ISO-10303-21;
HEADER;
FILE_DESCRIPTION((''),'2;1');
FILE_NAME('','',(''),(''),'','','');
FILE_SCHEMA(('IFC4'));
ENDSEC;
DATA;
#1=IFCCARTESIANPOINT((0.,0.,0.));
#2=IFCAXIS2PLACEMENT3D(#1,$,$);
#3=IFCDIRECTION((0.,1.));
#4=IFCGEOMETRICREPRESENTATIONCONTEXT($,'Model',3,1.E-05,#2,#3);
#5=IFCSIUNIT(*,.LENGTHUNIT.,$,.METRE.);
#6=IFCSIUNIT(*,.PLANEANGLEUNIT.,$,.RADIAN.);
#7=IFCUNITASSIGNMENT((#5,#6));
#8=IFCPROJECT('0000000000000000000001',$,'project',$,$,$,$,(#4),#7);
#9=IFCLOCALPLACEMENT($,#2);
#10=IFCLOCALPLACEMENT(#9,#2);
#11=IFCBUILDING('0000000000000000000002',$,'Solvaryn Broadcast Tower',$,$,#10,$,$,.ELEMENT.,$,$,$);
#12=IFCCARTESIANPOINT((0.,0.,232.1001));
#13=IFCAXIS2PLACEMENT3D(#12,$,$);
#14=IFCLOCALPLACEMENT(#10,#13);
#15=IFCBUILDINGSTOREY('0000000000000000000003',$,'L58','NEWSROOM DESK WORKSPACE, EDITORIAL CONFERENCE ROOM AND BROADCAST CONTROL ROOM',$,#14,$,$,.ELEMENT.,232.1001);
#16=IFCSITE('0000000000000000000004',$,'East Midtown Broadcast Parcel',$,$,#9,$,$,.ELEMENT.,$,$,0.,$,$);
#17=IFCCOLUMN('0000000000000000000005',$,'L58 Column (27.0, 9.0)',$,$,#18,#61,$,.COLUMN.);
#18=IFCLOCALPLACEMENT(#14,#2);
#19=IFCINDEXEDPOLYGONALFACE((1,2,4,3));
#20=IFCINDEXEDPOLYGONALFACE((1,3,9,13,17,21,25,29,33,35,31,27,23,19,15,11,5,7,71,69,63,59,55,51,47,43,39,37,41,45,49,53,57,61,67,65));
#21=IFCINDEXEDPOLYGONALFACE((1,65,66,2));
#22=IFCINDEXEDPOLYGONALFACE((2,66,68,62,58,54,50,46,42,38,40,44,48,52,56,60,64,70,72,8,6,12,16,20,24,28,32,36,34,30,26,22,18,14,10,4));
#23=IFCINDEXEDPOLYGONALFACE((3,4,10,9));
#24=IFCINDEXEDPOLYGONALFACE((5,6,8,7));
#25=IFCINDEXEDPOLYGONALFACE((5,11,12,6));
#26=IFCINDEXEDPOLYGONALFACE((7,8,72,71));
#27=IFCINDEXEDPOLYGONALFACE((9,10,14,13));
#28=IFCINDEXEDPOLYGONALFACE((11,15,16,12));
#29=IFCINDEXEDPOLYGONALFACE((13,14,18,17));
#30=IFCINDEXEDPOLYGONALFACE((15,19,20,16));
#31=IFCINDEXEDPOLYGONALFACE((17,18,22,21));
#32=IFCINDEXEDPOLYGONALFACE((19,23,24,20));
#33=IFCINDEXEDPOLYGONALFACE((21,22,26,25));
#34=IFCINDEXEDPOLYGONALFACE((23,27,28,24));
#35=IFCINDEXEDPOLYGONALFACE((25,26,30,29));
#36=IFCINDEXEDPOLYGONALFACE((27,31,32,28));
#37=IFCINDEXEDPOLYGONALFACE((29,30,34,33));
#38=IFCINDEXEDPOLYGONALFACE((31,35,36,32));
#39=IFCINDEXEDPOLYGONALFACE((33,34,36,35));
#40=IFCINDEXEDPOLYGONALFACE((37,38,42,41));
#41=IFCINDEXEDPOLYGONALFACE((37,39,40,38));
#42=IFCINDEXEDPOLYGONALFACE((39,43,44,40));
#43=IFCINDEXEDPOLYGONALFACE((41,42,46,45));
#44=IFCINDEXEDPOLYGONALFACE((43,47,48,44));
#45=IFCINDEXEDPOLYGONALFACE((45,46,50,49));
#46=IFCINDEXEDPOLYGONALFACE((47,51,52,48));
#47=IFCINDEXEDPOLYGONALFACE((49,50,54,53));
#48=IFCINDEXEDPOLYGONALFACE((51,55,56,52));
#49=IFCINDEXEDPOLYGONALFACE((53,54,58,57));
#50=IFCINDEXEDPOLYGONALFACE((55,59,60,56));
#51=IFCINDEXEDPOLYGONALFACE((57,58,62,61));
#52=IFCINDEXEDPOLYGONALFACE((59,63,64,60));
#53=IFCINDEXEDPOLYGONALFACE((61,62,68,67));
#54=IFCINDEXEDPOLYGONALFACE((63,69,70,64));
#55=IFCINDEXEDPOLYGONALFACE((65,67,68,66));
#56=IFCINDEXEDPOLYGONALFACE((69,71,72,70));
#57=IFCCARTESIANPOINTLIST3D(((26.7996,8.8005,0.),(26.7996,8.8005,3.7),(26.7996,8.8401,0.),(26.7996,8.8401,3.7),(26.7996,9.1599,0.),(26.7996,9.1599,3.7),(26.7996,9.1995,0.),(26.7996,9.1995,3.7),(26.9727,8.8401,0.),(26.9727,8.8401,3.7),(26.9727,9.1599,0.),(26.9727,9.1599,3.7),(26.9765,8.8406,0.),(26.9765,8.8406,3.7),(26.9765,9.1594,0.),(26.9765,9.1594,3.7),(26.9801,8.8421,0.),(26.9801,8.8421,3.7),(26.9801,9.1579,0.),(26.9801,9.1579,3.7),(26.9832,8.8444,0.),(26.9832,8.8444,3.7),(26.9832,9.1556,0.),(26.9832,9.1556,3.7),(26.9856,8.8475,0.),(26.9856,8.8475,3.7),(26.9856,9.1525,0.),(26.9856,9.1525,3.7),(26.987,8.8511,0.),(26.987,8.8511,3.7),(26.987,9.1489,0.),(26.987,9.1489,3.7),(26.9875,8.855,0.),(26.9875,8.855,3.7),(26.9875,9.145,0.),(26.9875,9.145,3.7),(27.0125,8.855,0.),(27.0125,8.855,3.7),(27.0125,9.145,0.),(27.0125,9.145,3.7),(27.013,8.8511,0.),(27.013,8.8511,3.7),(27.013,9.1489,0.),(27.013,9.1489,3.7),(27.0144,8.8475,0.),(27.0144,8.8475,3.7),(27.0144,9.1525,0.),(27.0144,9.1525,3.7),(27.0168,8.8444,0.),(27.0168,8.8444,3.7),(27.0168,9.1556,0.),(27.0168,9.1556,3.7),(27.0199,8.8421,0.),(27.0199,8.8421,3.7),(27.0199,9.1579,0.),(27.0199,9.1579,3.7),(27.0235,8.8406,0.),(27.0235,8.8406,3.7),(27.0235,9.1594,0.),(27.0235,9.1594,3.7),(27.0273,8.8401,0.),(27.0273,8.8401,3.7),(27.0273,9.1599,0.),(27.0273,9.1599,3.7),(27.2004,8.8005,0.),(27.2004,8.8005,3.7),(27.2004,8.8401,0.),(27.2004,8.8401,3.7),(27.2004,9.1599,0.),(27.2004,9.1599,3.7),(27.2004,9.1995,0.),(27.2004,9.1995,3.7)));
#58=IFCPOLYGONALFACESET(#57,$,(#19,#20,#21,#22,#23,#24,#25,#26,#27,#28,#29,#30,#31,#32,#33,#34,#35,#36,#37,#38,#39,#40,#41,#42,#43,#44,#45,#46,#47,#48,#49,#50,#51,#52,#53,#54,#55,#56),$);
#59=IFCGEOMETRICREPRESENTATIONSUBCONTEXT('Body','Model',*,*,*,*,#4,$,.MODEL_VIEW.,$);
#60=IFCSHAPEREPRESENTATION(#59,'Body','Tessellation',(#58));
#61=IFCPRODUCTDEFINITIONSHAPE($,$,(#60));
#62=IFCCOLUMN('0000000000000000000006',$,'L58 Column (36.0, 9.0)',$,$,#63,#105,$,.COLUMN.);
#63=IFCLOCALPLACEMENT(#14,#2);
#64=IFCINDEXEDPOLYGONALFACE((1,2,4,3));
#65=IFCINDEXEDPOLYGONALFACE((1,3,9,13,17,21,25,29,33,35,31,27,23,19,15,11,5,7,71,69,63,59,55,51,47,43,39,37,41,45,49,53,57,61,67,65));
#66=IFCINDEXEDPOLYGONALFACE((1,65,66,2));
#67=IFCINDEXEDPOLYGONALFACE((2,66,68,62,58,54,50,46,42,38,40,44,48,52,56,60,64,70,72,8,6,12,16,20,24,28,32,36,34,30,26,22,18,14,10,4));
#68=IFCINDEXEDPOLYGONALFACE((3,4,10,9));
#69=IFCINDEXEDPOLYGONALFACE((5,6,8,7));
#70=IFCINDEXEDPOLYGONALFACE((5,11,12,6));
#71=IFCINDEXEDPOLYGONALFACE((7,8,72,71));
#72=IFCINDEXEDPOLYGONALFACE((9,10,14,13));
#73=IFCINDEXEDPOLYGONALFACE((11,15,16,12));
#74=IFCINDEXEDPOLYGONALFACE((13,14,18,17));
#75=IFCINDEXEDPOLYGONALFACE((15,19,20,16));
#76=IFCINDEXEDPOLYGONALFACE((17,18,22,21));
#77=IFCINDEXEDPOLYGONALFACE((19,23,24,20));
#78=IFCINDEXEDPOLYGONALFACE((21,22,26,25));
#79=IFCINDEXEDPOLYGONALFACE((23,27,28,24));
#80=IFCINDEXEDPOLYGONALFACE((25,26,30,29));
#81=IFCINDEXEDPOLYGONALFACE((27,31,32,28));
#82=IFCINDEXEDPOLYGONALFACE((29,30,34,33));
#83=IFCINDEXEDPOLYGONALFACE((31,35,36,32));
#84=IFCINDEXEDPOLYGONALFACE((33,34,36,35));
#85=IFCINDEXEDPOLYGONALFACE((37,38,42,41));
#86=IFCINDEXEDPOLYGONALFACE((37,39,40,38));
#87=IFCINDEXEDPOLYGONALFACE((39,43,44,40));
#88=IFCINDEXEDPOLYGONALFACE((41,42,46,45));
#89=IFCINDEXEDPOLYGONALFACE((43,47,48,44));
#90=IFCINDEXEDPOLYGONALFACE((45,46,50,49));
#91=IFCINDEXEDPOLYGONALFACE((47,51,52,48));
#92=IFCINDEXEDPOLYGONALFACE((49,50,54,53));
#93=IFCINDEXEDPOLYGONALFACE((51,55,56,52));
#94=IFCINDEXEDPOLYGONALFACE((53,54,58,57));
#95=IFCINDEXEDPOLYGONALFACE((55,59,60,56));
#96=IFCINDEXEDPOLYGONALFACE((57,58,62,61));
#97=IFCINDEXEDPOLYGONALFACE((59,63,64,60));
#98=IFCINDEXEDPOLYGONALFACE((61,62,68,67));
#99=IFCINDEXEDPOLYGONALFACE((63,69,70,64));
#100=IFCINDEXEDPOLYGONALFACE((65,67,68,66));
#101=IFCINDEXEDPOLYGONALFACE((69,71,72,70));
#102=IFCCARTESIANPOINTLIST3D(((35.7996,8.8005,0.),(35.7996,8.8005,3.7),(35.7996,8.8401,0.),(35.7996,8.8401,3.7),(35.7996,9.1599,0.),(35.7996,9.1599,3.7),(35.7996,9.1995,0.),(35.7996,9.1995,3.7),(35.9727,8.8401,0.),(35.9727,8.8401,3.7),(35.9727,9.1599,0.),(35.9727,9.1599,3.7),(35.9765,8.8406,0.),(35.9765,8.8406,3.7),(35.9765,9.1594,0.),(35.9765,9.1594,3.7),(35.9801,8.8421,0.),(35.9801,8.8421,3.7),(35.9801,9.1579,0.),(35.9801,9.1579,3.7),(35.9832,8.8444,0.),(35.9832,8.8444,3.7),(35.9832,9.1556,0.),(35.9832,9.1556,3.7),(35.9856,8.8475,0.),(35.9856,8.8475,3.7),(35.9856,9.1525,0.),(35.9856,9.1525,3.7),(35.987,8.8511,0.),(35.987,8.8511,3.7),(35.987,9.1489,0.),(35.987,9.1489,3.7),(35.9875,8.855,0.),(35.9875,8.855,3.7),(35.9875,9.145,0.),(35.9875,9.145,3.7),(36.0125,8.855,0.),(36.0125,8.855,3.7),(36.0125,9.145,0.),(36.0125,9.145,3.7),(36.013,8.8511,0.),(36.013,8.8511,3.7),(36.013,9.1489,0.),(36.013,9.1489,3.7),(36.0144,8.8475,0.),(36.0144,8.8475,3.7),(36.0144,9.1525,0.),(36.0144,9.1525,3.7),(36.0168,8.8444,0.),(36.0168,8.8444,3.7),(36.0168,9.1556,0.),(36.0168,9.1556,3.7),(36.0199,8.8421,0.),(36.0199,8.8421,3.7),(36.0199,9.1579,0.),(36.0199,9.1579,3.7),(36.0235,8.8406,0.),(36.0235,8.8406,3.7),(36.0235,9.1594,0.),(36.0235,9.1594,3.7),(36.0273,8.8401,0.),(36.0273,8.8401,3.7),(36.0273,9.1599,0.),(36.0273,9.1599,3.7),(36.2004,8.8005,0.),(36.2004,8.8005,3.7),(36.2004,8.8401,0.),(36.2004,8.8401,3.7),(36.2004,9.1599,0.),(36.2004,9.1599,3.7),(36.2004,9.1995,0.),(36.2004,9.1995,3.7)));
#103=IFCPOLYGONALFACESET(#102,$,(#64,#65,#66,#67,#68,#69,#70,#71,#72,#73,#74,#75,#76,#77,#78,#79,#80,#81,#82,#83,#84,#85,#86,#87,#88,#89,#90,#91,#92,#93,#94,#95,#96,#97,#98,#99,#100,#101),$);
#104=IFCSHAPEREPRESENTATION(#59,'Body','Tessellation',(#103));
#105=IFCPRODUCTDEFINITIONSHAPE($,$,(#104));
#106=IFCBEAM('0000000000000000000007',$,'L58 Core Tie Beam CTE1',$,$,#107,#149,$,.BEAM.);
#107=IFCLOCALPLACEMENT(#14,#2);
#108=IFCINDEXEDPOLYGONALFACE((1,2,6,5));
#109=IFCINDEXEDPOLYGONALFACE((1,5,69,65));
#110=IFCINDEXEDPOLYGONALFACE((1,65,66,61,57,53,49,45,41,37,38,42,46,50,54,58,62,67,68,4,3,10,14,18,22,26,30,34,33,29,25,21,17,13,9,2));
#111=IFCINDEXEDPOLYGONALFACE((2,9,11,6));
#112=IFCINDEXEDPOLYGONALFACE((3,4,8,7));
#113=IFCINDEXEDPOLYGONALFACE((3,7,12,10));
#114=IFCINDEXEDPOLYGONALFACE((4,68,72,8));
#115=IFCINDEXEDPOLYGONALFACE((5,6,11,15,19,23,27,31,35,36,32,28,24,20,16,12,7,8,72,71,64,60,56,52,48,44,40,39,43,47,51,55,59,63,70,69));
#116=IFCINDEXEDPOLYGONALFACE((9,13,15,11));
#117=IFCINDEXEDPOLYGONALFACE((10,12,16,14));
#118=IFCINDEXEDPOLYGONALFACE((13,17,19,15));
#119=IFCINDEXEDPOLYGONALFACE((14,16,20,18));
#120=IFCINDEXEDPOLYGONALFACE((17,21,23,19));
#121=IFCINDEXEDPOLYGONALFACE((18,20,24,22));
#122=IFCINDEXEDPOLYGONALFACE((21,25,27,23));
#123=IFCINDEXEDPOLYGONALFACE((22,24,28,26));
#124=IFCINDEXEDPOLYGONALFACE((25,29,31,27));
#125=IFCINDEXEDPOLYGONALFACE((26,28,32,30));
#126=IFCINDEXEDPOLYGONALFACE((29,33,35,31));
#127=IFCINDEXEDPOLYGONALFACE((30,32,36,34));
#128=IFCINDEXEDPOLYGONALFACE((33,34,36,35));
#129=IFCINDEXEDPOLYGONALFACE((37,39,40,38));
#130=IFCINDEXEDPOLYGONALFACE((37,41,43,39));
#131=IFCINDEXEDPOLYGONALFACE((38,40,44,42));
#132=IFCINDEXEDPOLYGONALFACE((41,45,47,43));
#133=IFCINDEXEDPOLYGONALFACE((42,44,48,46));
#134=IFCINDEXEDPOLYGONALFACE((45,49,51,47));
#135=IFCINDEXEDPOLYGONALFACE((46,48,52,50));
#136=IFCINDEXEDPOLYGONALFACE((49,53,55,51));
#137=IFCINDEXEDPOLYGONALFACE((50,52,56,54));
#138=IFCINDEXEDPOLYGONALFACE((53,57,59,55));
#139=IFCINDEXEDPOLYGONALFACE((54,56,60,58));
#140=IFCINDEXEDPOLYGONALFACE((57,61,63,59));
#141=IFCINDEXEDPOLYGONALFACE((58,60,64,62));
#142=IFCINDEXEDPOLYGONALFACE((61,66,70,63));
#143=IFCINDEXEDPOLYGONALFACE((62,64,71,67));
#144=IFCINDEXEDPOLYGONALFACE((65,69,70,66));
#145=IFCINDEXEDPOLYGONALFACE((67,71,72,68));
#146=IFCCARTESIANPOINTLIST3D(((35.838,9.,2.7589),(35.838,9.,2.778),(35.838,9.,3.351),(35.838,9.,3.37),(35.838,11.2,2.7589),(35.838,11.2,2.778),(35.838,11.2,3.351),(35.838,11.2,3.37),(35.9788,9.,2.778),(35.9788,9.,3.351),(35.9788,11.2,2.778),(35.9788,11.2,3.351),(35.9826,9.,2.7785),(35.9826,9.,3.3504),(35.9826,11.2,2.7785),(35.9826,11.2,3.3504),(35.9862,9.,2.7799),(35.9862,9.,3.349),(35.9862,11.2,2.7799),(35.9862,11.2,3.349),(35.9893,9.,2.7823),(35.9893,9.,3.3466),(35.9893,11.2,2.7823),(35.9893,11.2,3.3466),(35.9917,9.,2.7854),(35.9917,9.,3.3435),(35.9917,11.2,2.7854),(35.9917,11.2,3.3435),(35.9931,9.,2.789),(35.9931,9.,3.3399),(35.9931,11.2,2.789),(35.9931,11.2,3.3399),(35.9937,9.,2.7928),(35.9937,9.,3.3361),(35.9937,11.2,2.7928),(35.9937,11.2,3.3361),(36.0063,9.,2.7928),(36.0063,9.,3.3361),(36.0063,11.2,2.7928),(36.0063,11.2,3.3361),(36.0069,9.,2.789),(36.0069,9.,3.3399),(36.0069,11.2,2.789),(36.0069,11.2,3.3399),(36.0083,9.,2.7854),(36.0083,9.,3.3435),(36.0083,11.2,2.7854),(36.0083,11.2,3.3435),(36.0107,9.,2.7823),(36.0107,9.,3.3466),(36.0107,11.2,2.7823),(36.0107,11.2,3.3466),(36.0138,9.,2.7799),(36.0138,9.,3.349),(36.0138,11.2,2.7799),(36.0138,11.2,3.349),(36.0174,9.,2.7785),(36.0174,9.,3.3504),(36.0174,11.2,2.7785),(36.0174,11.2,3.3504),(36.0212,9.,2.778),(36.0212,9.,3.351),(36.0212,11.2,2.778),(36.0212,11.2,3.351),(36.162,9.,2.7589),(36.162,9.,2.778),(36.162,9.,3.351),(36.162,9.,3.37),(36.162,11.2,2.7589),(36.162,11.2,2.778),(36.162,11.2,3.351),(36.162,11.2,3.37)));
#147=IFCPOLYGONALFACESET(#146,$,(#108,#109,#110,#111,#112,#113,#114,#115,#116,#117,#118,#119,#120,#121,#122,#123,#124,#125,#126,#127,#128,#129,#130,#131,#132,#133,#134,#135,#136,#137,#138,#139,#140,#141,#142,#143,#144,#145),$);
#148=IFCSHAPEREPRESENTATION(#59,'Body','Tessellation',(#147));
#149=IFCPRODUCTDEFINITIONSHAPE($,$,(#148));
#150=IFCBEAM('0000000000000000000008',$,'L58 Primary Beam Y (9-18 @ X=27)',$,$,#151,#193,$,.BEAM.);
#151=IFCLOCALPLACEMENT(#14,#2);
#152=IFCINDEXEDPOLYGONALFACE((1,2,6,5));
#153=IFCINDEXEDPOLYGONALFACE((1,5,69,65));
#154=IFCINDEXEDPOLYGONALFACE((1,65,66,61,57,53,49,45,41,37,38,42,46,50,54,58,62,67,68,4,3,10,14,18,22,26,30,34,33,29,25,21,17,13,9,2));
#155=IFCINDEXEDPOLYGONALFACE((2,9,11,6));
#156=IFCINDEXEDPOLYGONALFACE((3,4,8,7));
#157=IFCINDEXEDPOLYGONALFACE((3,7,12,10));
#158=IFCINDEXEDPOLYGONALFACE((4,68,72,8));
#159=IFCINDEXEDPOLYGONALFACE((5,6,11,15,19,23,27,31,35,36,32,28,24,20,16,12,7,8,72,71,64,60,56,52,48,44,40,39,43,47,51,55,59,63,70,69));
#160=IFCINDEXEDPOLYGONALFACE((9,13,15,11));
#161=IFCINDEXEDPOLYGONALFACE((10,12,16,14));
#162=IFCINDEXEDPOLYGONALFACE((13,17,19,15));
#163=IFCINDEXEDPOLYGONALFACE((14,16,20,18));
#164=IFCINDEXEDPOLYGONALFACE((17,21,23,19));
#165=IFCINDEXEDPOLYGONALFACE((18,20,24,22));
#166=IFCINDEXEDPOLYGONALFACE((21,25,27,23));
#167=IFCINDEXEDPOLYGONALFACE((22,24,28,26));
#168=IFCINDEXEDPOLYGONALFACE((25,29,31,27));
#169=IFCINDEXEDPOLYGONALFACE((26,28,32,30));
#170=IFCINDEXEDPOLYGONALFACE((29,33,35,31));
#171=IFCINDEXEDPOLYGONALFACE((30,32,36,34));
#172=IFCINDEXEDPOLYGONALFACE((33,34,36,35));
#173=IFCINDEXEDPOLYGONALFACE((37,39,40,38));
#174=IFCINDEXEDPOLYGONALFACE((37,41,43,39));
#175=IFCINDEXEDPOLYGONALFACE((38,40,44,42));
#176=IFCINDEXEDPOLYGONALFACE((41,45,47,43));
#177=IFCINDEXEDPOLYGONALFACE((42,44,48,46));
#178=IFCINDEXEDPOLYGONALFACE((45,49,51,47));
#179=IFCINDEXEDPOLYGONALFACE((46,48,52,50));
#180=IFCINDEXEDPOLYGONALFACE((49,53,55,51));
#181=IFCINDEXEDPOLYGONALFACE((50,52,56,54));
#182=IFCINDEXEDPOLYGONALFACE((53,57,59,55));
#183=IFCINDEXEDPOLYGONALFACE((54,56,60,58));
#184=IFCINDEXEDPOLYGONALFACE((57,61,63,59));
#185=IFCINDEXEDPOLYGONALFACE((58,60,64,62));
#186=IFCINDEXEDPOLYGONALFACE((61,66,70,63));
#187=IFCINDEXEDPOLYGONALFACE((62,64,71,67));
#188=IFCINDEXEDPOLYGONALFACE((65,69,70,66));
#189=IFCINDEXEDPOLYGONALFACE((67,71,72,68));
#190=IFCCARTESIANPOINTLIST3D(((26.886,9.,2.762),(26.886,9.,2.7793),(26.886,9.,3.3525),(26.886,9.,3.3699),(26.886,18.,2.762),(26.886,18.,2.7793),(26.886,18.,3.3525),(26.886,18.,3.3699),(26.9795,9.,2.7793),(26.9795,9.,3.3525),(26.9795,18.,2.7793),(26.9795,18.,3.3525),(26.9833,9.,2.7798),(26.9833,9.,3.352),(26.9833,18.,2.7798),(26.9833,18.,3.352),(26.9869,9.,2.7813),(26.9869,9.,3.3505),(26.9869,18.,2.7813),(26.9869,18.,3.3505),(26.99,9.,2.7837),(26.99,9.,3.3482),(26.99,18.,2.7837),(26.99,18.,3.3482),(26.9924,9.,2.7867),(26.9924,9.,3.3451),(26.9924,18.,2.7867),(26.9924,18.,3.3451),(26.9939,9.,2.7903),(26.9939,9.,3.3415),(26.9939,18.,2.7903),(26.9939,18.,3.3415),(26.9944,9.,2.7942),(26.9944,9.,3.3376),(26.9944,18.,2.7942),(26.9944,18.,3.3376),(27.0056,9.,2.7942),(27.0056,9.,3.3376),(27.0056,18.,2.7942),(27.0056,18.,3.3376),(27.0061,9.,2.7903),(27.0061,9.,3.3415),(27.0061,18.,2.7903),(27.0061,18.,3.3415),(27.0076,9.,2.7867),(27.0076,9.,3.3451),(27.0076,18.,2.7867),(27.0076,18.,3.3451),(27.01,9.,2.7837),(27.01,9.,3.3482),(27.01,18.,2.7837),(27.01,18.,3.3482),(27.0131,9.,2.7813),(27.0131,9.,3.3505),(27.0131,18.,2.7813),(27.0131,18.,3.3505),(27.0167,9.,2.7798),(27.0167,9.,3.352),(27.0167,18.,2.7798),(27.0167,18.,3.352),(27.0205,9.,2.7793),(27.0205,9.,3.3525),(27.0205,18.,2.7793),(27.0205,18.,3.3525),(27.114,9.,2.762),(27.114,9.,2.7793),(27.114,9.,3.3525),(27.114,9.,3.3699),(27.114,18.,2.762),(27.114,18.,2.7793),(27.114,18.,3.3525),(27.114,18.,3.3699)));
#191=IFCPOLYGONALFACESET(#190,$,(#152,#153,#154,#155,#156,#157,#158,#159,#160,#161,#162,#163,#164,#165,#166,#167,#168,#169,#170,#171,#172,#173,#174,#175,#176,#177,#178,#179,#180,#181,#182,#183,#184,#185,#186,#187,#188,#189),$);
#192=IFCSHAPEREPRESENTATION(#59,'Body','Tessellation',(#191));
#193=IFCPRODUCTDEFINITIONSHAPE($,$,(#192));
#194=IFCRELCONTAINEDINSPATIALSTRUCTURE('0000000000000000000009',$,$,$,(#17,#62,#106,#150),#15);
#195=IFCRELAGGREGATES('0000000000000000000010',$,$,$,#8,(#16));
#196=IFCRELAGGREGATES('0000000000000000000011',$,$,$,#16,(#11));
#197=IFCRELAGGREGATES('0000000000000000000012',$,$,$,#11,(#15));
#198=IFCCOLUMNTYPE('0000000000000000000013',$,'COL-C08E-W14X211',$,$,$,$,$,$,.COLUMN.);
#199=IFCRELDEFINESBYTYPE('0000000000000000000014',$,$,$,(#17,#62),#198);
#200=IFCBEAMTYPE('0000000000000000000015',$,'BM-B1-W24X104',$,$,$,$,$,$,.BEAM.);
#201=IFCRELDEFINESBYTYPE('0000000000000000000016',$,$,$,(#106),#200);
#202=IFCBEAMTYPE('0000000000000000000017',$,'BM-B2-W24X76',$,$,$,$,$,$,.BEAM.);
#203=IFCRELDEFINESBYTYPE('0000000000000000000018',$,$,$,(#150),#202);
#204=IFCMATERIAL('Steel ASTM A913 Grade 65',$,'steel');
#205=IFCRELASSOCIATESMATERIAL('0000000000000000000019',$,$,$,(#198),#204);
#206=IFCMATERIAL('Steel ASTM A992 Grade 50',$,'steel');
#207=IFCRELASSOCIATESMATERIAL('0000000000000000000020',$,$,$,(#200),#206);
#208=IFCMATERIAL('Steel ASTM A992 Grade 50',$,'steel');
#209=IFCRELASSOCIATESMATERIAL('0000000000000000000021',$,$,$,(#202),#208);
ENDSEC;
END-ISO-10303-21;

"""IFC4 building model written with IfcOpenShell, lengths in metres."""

from ifc_helpers import new_model, si_unit, direction, frame, origin, origin_2d, place, context, subcontext, project, spatial, i_section, extrude, material, material_profile, profile_set, type_object, element, save


model = new_model("IFC4")

# Units and contexts
model_context = context("Model", 3, precision=1e-05, world=origin(), true_north=direction((0.0, 1.0)))
body_context = subcontext(model_context, "Body", "Model", "MODEL_VIEW")
ifc_project = project(units=[si_unit("LENGTHUNIT", "METRE"), si_unit("PLANEANGLEUNIT", "RADIAN")], contexts=[model_context])

# Site, building, storey
site_placement = place(None, origin())
site = spatial("IfcSite", under=ifc_project, at=site_placement, Name="East Midtown Broadcast Parcel", CompositionType="ELEMENT", RefElevation=0.0)
building_placement = place(site_placement, origin())
building = spatial("IfcBuilding", under=site, at=building_placement, Name="Solvaryn Broadcast Tower", CompositionType="ELEMENT")
storey_placement = place(building_placement, frame((0.0, 0.0, 232.1001)))
storey = spatial("IfcBuildingStorey", under=building, at=storey_placement, Name="L58", Description="NEWSROOM DESK WORKSPACE, EDITORIAL CONFERENCE ROOM AND BROADCAST CONTROL ROOM", CompositionType="ELEMENT", Elevation=232.1001)

# Columns
ifc_material_1 = material(Name="Steel ASTM A913 Grade 65", Category="steel")
ifc_material_profile_1 = material_profile(ifc_material_1, i_section(OverallWidth=0.4009, OverallDepth=0.3989, WebThickness=0.0249, FlangeThickness=0.0396, FilletRadius=0.0149, at=origin_2d()))
ifc_profile_set_1 = profile_set([ifc_material_profile_1], Name="Steel ASTM A913 Grade 65")
column_type = type_object("IfcColumnType", Name="COL-C08E-W14X211", PredefinedType="COLUMN", material=ifc_profile_set_1)
for number, where, z_axis, x_axis, name in (
    (1, (27.0, 9.0, 0.0), (0.0, 0.0, 1.0), (1.0, 0.0, 0.0), "L58 Column (27.0, 9.0)"),
    (2, (36.0, 9.0, 0.0), (0.0, 0.0, 1.0), (1.0, 0.0, 0.0), "L58 Column (36.0, 9.0)"),
):
    element("IfcColumn", number, at=place(storey_placement, frame(where, z_axis=z_axis, x_axis=x_axis)), inside=storey, type_object=column_type, Name=name, PredefinedType="COLUMN", context=body_context, shape_type="SweptSolid", body=[
        extrude(i_section(OverallWidth=0.4009, OverallDepth=0.3989, WebThickness=0.0249, FlangeThickness=0.0396, FilletRadius=0.0149, at=origin_2d()), origin(), (0.0, 0.0, 1.0), 3.7),
    ])

# Beams
ifc_material_2 = material(Name="Steel ASTM A992 Grade 50", Category="steel")
ifc_material_profile_2 = material_profile(ifc_material_2, i_section(OverallWidth=0.324, OverallDepth=0.6111, WebThickness=0.0127, FlangeThickness=0.019, FilletRadius=0.0149, at=origin_2d()))
ifc_profile_set_2 = profile_set([ifc_material_profile_2], Name="Steel ASTM A992 Grade 50")
beam_type_1 = type_object("IfcBeamType", Name="BM-B1-W24X104", PredefinedType="BEAM", material=ifc_profile_set_2)
beam_1_placement = place(storey_placement, frame((36.0, 9.0, 3.0645), z_axis=(0.0, 1.0, 0.0), x_axis=(-1.0, 0.0, 0.0)))
element("IfcBeam", 3, at=beam_1_placement, inside=storey, type_object=beam_type_1, Name="L58 Core Tie Beam CTE1", PredefinedType="BEAM", context=body_context, shape_type="SweptSolid", body=[
    extrude(i_section(OverallWidth=0.324, OverallDepth=0.6111, WebThickness=0.0127, FlangeThickness=0.019, FilletRadius=0.0149, at=origin_2d()), origin(), (0.0, 0.0, 1.0), 2.2),
])
ifc_material_3 = material(Name="Steel ASTM A992 Grade 50", Category="steel")
ifc_material_profile_3 = material_profile(ifc_material_3, i_section(OverallWidth=0.228, OverallDepth=0.6079, WebThickness=0.0112, FlangeThickness=0.0173, FilletRadius=0.0149, at=origin_2d()))
ifc_profile_set_3 = profile_set([ifc_material_profile_3], Name="Steel ASTM A992 Grade 50")
beam_type_2 = type_object("IfcBeamType", Name="BM-B2-W24X76", PredefinedType="BEAM", material=ifc_profile_set_3)
beam_2_placement = place(storey_placement, frame((27.0, 9.0, 3.0659), z_axis=(0.0, 1.0, 0.0), x_axis=(-1.0, 0.0, 0.0)))
element("IfcBeam", 4, at=beam_2_placement, inside=storey, type_object=beam_type_2, Name="L58 Primary Beam Y (9-18 @ X=27)", PredefinedType="BEAM", context=body_context, shape_type="SweptSolid", body=[
    extrude(i_section(OverallWidth=0.228, OverallDepth=0.6079, WebThickness=0.0112, FlangeThickness=0.0173, FilletRadius=0.0149, at=origin_2d()), origin(), (0.0, 0.0, 1.0), 9.0),
])

save(model, "model.ifc")
